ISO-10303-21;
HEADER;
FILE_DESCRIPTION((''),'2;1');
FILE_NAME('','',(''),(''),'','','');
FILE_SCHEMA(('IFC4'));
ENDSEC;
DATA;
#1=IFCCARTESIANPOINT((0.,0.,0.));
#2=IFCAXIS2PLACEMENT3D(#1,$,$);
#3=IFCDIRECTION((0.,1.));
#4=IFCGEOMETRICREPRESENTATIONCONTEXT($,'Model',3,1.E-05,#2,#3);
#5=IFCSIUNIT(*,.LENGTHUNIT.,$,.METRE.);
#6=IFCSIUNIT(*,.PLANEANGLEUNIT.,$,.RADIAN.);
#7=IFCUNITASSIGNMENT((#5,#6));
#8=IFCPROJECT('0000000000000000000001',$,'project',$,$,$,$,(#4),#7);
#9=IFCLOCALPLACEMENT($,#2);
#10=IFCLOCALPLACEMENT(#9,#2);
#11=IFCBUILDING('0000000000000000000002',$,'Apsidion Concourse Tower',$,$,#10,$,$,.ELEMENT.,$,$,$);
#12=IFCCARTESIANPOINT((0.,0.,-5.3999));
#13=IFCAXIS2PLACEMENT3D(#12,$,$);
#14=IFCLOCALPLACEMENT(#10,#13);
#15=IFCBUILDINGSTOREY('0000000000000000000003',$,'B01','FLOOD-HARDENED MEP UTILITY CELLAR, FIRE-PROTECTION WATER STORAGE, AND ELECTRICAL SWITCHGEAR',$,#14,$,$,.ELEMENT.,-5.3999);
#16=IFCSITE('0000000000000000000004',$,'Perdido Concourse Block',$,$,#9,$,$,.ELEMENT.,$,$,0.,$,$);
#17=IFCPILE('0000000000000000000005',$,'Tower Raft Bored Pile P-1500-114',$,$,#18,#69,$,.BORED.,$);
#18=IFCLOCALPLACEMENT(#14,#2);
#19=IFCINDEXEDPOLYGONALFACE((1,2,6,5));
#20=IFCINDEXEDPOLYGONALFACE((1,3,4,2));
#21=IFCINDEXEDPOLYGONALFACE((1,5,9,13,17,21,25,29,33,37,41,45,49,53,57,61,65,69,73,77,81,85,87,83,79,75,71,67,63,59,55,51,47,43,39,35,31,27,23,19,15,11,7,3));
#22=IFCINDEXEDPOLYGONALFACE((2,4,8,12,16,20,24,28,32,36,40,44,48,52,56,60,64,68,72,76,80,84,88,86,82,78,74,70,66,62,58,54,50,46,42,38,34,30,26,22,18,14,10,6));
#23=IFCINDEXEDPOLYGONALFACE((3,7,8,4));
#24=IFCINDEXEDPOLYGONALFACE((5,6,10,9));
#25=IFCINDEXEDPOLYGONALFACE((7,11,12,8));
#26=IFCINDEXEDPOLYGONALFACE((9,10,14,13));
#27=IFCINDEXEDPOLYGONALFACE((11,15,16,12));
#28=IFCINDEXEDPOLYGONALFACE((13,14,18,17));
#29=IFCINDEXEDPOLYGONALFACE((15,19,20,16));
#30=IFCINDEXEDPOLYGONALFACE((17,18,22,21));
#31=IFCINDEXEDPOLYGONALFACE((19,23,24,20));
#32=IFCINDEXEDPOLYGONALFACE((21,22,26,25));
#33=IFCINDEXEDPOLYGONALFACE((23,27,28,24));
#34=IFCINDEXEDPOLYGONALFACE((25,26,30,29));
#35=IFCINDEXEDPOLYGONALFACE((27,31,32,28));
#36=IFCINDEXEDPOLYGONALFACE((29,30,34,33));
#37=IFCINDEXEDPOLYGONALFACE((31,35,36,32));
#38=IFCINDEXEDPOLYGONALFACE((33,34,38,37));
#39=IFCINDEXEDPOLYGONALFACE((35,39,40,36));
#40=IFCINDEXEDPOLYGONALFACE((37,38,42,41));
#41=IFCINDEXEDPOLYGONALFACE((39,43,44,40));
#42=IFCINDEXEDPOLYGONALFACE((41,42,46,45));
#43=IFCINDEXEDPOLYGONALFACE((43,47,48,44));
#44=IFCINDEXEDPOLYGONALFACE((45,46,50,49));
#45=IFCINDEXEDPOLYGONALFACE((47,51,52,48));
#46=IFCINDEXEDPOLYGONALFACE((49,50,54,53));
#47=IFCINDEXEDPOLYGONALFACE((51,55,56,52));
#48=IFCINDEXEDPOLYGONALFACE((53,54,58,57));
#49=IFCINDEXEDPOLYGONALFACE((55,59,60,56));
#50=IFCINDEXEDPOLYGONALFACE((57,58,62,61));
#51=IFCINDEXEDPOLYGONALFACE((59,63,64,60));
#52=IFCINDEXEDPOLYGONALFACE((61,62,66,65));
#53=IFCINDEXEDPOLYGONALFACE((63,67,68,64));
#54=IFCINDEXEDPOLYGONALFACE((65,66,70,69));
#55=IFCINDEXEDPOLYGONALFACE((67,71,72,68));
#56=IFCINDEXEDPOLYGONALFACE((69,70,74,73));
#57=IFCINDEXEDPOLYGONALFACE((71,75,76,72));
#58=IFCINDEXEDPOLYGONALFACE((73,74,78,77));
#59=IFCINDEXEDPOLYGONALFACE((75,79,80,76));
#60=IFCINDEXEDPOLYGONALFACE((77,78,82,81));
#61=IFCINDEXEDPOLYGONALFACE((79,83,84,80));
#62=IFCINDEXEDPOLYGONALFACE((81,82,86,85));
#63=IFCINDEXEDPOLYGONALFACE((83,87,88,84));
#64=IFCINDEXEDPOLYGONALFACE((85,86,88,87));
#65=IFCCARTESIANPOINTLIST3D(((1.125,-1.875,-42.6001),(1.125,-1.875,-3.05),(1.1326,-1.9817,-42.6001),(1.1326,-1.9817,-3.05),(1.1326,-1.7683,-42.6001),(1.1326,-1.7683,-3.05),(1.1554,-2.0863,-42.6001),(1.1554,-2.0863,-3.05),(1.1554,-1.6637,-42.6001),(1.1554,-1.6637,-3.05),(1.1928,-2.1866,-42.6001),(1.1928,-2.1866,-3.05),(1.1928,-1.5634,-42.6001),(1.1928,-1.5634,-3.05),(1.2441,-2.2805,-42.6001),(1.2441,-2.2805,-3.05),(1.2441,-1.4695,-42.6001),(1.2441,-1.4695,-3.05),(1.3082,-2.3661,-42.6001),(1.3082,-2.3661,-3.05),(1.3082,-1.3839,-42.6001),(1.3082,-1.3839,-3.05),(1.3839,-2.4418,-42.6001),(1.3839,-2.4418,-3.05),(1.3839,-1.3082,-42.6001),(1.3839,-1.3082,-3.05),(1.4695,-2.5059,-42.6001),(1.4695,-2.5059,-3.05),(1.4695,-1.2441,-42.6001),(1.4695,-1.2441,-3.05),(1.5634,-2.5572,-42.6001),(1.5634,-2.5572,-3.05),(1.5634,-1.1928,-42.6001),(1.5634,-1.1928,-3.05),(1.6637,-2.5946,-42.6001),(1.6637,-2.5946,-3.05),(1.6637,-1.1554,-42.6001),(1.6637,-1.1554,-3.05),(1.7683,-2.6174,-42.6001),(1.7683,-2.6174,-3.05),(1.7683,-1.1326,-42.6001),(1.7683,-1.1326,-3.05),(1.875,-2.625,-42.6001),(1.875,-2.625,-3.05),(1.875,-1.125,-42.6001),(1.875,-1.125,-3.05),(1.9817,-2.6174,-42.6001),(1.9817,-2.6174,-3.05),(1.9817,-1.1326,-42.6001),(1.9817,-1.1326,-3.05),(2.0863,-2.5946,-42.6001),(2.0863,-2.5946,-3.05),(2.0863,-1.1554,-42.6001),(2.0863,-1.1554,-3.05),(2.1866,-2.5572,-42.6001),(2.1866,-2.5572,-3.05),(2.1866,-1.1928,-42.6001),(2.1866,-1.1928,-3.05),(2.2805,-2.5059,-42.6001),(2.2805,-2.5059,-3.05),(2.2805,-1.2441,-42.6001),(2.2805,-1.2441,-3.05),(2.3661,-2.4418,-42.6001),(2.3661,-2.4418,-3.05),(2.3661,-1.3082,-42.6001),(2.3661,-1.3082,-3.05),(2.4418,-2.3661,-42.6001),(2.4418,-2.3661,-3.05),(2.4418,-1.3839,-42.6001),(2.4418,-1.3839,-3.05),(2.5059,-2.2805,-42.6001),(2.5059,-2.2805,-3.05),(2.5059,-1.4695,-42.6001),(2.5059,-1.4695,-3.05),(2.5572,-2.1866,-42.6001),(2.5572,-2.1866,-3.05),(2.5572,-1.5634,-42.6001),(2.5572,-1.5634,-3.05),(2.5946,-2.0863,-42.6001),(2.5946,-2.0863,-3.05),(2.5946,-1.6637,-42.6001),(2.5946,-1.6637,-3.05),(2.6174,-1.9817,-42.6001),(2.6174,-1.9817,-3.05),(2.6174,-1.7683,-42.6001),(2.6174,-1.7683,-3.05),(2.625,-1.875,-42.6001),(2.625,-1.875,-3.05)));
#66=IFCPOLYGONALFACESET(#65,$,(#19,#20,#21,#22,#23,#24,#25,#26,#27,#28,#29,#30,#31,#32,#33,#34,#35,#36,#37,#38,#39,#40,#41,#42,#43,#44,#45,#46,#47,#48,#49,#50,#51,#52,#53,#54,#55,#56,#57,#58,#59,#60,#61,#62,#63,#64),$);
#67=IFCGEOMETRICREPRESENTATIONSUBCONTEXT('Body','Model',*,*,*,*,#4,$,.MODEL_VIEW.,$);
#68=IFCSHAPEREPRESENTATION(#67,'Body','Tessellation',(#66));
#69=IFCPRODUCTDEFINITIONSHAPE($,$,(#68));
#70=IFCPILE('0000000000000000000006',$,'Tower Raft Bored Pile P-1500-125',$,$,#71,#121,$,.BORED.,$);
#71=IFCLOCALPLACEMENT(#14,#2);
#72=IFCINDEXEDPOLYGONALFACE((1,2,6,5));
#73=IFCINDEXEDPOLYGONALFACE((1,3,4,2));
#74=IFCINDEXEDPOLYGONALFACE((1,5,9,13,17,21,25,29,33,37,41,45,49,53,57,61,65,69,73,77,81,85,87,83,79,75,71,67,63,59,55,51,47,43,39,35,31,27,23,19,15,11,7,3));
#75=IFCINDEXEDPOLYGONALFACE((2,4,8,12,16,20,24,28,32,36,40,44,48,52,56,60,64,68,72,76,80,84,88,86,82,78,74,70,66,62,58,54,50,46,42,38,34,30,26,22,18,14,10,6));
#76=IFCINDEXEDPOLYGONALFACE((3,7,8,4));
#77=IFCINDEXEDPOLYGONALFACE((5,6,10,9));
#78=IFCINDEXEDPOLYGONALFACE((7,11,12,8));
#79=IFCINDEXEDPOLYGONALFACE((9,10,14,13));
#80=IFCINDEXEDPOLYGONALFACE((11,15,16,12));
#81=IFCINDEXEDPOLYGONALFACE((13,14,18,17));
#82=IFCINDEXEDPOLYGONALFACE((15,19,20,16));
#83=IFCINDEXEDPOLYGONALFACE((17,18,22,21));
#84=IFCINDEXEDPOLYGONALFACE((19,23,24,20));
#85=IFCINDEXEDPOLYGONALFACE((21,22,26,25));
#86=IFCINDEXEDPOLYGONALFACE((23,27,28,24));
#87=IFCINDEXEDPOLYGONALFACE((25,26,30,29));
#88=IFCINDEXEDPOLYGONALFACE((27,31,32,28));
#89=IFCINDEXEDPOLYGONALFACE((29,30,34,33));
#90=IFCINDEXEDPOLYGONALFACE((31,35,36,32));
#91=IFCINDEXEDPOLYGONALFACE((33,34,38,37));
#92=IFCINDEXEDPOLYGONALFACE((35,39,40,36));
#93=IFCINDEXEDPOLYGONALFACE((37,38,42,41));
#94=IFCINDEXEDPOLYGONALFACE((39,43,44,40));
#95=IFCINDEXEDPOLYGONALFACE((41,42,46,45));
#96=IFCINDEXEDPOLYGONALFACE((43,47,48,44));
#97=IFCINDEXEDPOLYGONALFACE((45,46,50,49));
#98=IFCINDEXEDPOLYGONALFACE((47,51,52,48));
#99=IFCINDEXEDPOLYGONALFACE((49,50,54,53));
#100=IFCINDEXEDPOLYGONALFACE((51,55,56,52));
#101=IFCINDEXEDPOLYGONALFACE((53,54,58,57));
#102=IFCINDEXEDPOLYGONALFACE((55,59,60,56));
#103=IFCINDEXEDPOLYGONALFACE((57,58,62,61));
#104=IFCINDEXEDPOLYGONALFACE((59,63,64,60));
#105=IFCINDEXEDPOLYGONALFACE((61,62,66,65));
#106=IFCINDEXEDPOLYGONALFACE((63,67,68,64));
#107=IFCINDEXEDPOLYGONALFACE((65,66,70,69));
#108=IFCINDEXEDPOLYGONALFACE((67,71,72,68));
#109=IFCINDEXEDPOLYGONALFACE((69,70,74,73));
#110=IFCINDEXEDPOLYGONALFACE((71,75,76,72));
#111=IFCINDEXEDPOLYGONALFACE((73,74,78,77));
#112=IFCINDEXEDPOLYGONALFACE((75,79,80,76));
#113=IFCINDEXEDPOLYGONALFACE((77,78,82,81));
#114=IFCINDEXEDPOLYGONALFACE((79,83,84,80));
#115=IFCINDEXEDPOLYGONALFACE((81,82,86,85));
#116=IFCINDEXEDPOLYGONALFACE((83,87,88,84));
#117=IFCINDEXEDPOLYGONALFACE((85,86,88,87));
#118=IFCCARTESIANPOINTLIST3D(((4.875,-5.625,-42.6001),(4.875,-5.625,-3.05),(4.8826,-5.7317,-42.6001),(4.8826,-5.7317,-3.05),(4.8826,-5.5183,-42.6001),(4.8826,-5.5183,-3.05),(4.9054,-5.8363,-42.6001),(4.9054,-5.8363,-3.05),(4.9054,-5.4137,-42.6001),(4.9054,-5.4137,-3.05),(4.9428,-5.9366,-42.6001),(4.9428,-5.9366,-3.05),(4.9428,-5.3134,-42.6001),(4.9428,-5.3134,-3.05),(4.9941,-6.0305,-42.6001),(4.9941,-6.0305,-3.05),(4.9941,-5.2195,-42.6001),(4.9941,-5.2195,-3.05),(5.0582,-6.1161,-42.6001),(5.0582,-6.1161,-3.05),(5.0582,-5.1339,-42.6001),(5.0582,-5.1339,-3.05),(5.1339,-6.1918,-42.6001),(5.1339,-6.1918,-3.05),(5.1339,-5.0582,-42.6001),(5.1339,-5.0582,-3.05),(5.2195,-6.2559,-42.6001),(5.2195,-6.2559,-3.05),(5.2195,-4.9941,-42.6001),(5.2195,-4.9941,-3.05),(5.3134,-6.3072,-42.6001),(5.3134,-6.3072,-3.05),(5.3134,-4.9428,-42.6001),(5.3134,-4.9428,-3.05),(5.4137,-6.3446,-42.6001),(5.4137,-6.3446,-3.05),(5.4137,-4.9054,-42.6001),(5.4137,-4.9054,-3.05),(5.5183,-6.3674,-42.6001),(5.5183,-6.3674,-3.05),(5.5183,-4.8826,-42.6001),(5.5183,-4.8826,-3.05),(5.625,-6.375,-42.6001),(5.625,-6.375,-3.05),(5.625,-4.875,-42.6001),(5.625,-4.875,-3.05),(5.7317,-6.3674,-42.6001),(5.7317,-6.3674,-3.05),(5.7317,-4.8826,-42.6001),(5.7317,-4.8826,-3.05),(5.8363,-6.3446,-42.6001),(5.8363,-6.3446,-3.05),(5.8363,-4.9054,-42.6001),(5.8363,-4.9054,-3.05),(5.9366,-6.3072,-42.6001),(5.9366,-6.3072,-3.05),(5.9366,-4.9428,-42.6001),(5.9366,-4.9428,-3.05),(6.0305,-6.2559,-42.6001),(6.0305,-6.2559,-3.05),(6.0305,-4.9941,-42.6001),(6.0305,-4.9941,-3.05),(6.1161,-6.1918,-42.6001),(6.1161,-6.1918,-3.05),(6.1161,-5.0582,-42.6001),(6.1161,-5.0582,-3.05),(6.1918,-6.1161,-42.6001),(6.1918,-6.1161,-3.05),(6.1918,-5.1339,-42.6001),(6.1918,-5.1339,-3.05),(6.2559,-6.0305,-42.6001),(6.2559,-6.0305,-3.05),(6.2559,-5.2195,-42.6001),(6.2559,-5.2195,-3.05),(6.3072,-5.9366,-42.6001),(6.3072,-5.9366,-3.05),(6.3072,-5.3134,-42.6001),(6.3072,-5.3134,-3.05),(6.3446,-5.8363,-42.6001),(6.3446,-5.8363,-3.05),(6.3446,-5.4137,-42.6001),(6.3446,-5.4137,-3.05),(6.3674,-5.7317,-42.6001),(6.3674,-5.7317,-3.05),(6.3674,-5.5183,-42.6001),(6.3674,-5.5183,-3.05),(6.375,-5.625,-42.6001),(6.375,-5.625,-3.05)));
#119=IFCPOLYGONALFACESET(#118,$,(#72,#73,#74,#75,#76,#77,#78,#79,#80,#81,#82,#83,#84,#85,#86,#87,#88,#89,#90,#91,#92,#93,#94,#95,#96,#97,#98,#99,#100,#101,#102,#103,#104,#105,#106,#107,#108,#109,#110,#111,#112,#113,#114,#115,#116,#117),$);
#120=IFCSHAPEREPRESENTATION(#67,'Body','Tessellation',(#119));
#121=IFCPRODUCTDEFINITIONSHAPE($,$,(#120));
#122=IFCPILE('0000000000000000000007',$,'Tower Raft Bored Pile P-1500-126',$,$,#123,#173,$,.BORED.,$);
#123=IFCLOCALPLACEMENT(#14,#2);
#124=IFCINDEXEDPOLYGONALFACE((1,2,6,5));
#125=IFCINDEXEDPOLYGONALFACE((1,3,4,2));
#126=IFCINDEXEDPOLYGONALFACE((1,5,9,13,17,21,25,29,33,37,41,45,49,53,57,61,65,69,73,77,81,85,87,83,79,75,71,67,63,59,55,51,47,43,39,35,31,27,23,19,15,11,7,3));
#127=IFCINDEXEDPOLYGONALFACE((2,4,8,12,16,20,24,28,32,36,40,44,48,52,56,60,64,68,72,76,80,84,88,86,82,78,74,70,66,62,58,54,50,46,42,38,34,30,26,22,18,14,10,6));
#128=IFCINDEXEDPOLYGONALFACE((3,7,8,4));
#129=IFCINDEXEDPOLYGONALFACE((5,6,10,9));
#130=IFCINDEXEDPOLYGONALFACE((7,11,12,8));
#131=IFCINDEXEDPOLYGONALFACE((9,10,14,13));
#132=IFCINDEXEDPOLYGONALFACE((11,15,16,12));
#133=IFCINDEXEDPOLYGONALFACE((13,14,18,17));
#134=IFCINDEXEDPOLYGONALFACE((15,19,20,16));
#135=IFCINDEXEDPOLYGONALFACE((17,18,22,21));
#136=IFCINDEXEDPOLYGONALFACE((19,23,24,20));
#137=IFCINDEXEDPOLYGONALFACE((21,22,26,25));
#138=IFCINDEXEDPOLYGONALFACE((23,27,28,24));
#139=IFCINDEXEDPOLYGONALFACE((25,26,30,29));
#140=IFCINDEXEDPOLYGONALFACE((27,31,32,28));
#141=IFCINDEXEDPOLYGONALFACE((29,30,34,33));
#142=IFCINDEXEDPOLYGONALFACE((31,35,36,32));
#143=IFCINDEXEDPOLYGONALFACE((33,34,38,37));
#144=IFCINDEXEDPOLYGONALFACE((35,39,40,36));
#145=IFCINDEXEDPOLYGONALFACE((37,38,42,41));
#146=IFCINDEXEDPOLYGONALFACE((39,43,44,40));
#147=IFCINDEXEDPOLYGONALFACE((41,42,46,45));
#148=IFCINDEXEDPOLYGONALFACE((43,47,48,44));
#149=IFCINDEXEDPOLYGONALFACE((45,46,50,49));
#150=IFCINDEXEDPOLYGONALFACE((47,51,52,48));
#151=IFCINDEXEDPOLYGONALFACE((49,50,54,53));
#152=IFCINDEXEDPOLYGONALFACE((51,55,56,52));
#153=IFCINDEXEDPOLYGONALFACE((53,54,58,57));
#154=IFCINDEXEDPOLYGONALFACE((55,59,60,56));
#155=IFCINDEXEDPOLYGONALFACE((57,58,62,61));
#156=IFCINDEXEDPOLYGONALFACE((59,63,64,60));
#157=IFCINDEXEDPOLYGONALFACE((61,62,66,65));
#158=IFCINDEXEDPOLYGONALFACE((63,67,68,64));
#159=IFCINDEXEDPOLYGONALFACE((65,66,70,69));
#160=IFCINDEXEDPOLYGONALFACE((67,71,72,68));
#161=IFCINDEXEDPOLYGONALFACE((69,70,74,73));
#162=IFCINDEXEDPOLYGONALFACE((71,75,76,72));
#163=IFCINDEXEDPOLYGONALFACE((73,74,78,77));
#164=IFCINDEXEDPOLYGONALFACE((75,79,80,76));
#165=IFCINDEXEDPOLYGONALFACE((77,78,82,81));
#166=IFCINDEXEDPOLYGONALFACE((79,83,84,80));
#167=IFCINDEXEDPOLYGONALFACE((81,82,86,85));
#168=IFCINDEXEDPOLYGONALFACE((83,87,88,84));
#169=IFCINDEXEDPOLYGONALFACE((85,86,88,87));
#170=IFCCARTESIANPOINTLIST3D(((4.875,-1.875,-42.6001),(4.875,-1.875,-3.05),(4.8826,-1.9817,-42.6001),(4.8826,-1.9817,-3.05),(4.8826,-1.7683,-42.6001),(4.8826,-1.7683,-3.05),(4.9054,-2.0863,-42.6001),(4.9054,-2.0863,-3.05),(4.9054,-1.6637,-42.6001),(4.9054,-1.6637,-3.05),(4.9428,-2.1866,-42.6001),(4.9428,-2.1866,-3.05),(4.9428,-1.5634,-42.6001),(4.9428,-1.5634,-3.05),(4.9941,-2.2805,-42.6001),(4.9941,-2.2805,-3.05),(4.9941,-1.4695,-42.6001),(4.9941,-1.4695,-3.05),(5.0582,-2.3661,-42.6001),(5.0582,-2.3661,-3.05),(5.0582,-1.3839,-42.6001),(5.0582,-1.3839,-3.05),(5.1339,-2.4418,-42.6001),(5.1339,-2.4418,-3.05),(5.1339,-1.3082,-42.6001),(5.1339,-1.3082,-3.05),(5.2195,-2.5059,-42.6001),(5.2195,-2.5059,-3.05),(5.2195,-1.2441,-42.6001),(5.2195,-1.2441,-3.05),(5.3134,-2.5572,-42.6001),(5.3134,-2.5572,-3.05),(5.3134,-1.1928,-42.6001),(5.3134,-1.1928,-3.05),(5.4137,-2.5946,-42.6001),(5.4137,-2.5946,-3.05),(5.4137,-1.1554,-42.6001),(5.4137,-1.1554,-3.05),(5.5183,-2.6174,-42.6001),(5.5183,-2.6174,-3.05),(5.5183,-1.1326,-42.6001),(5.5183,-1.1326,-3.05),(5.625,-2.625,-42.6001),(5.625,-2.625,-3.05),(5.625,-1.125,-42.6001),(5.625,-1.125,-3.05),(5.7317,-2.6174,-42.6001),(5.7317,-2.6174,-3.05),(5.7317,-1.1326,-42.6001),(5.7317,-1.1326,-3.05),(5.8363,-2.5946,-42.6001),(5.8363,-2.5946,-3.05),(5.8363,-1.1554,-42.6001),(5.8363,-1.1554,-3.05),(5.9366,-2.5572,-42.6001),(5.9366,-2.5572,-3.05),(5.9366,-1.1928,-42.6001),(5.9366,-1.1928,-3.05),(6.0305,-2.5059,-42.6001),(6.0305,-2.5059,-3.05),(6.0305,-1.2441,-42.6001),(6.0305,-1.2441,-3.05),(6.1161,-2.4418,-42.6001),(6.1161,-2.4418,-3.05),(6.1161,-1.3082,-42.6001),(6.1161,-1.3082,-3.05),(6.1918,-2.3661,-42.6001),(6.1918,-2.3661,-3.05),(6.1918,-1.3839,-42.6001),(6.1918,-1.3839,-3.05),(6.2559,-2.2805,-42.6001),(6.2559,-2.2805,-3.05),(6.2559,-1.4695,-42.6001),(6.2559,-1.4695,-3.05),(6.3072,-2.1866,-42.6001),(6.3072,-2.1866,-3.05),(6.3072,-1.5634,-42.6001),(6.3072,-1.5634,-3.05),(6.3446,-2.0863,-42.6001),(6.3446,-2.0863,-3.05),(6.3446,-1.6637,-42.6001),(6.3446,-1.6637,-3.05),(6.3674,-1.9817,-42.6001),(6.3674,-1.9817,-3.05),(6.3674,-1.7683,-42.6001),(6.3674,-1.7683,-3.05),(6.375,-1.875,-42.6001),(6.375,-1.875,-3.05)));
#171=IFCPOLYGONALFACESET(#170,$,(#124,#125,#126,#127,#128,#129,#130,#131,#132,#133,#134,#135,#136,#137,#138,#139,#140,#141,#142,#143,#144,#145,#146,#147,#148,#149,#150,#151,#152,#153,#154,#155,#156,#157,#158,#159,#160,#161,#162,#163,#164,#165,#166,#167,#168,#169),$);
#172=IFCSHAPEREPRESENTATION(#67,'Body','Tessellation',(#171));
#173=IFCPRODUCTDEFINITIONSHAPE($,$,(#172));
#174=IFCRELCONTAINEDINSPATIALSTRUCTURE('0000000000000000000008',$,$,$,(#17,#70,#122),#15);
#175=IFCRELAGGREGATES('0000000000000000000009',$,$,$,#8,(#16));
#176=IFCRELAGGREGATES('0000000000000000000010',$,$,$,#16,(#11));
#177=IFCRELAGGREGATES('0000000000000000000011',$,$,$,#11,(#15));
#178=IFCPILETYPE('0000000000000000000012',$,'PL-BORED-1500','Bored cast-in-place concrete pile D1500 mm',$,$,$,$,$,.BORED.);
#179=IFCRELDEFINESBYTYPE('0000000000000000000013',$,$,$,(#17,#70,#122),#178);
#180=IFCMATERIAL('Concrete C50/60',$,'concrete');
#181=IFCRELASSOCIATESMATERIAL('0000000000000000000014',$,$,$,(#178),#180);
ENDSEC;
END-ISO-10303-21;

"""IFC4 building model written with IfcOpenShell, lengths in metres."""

from ifc_helpers import new_model, si_unit, direction, frame, origin, origin_2d, place, context, subcontext, project, spatial, circle, extrude, material, material_profile, profile_set, type_object, element, save


model = new_model("IFC4")

# Units and contexts
model_context = context("Model", 3, precision=1e-05, world=origin(), true_north=direction((0.0, 1.0)))
body_context = subcontext(model_context, "Body", "Model", "MODEL_VIEW")
ifc_project = project(units=[si_unit("LENGTHUNIT", "METRE"), si_unit("PLANEANGLEUNIT", "RADIAN")], contexts=[model_context])

# Site, building, storey
site_placement = place(None, origin())
site = spatial("IfcSite", under=ifc_project, at=site_placement, Name="Perdido Concourse Block", CompositionType="ELEMENT", RefElevation=0.0)
building_placement = place(site_placement, origin())
building = spatial("IfcBuilding", under=site, at=building_placement, Name="Apsidion Concourse Tower", CompositionType="ELEMENT")
storey_placement = place(building_placement, frame((0.0, 0.0, -5.3999)))
storey = spatial("IfcBuildingStorey", under=building, at=storey_placement, Name="B01", Description="FLOOD-HARDENED MEP UTILITY CELLAR, FIRE-PROTECTION WATER STORAGE, AND ELECTRICAL SWITCHGEAR", CompositionType="ELEMENT", Elevation=-5.3999)

# Shared definitions
ifc_material_1 = material(Name="Concrete C50/60", Category="concrete")

# Piles
ifc_material_profile_1 = material_profile(ifc_material_1, circle(Radius=0.75, at=origin_2d()), Name="BORED PILE D1500")
ifc_profile_set_1 = profile_set([ifc_material_profile_1], Name="Concrete C50/60")
pile_type = type_object("IfcPileType", Name="PL-BORED-1500", Description="Bored cast-in-place concrete pile D1500 mm", PredefinedType="BORED", material=ifc_profile_set_1)
for number, where, z_axis, x_axis, name in (
    (1, (1.875, -1.875, -3.05), (0.0, 0.0, -1.0), (1.0, 0.0, 0.0), "Tower Raft Bored Pile P-1500-114"),
    (2, (5.625, -5.625, -3.05), (0.0, 0.0, -1.0), (1.0, 0.0, 0.0), "Tower Raft Bored Pile P-1500-125"),
    (3, (5.625, -1.875, -3.05), (0.0, 0.0, -1.0), (1.0, 0.0, 0.0), "Tower Raft Bored Pile P-1500-126"),
):
    element("IfcPile", number, at=place(storey_placement, frame(where, z_axis=z_axis, x_axis=x_axis)), inside=storey, type_object=pile_type, Name=name, PredefinedType="BORED", context=body_context, shape_type="SweptSolid", body=[
        extrude(circle(Radius=0.75, at=origin_2d()), origin(), (0.0, 0.0, 1.0), 39.55),
    ])

save(model, "model.ifc")
